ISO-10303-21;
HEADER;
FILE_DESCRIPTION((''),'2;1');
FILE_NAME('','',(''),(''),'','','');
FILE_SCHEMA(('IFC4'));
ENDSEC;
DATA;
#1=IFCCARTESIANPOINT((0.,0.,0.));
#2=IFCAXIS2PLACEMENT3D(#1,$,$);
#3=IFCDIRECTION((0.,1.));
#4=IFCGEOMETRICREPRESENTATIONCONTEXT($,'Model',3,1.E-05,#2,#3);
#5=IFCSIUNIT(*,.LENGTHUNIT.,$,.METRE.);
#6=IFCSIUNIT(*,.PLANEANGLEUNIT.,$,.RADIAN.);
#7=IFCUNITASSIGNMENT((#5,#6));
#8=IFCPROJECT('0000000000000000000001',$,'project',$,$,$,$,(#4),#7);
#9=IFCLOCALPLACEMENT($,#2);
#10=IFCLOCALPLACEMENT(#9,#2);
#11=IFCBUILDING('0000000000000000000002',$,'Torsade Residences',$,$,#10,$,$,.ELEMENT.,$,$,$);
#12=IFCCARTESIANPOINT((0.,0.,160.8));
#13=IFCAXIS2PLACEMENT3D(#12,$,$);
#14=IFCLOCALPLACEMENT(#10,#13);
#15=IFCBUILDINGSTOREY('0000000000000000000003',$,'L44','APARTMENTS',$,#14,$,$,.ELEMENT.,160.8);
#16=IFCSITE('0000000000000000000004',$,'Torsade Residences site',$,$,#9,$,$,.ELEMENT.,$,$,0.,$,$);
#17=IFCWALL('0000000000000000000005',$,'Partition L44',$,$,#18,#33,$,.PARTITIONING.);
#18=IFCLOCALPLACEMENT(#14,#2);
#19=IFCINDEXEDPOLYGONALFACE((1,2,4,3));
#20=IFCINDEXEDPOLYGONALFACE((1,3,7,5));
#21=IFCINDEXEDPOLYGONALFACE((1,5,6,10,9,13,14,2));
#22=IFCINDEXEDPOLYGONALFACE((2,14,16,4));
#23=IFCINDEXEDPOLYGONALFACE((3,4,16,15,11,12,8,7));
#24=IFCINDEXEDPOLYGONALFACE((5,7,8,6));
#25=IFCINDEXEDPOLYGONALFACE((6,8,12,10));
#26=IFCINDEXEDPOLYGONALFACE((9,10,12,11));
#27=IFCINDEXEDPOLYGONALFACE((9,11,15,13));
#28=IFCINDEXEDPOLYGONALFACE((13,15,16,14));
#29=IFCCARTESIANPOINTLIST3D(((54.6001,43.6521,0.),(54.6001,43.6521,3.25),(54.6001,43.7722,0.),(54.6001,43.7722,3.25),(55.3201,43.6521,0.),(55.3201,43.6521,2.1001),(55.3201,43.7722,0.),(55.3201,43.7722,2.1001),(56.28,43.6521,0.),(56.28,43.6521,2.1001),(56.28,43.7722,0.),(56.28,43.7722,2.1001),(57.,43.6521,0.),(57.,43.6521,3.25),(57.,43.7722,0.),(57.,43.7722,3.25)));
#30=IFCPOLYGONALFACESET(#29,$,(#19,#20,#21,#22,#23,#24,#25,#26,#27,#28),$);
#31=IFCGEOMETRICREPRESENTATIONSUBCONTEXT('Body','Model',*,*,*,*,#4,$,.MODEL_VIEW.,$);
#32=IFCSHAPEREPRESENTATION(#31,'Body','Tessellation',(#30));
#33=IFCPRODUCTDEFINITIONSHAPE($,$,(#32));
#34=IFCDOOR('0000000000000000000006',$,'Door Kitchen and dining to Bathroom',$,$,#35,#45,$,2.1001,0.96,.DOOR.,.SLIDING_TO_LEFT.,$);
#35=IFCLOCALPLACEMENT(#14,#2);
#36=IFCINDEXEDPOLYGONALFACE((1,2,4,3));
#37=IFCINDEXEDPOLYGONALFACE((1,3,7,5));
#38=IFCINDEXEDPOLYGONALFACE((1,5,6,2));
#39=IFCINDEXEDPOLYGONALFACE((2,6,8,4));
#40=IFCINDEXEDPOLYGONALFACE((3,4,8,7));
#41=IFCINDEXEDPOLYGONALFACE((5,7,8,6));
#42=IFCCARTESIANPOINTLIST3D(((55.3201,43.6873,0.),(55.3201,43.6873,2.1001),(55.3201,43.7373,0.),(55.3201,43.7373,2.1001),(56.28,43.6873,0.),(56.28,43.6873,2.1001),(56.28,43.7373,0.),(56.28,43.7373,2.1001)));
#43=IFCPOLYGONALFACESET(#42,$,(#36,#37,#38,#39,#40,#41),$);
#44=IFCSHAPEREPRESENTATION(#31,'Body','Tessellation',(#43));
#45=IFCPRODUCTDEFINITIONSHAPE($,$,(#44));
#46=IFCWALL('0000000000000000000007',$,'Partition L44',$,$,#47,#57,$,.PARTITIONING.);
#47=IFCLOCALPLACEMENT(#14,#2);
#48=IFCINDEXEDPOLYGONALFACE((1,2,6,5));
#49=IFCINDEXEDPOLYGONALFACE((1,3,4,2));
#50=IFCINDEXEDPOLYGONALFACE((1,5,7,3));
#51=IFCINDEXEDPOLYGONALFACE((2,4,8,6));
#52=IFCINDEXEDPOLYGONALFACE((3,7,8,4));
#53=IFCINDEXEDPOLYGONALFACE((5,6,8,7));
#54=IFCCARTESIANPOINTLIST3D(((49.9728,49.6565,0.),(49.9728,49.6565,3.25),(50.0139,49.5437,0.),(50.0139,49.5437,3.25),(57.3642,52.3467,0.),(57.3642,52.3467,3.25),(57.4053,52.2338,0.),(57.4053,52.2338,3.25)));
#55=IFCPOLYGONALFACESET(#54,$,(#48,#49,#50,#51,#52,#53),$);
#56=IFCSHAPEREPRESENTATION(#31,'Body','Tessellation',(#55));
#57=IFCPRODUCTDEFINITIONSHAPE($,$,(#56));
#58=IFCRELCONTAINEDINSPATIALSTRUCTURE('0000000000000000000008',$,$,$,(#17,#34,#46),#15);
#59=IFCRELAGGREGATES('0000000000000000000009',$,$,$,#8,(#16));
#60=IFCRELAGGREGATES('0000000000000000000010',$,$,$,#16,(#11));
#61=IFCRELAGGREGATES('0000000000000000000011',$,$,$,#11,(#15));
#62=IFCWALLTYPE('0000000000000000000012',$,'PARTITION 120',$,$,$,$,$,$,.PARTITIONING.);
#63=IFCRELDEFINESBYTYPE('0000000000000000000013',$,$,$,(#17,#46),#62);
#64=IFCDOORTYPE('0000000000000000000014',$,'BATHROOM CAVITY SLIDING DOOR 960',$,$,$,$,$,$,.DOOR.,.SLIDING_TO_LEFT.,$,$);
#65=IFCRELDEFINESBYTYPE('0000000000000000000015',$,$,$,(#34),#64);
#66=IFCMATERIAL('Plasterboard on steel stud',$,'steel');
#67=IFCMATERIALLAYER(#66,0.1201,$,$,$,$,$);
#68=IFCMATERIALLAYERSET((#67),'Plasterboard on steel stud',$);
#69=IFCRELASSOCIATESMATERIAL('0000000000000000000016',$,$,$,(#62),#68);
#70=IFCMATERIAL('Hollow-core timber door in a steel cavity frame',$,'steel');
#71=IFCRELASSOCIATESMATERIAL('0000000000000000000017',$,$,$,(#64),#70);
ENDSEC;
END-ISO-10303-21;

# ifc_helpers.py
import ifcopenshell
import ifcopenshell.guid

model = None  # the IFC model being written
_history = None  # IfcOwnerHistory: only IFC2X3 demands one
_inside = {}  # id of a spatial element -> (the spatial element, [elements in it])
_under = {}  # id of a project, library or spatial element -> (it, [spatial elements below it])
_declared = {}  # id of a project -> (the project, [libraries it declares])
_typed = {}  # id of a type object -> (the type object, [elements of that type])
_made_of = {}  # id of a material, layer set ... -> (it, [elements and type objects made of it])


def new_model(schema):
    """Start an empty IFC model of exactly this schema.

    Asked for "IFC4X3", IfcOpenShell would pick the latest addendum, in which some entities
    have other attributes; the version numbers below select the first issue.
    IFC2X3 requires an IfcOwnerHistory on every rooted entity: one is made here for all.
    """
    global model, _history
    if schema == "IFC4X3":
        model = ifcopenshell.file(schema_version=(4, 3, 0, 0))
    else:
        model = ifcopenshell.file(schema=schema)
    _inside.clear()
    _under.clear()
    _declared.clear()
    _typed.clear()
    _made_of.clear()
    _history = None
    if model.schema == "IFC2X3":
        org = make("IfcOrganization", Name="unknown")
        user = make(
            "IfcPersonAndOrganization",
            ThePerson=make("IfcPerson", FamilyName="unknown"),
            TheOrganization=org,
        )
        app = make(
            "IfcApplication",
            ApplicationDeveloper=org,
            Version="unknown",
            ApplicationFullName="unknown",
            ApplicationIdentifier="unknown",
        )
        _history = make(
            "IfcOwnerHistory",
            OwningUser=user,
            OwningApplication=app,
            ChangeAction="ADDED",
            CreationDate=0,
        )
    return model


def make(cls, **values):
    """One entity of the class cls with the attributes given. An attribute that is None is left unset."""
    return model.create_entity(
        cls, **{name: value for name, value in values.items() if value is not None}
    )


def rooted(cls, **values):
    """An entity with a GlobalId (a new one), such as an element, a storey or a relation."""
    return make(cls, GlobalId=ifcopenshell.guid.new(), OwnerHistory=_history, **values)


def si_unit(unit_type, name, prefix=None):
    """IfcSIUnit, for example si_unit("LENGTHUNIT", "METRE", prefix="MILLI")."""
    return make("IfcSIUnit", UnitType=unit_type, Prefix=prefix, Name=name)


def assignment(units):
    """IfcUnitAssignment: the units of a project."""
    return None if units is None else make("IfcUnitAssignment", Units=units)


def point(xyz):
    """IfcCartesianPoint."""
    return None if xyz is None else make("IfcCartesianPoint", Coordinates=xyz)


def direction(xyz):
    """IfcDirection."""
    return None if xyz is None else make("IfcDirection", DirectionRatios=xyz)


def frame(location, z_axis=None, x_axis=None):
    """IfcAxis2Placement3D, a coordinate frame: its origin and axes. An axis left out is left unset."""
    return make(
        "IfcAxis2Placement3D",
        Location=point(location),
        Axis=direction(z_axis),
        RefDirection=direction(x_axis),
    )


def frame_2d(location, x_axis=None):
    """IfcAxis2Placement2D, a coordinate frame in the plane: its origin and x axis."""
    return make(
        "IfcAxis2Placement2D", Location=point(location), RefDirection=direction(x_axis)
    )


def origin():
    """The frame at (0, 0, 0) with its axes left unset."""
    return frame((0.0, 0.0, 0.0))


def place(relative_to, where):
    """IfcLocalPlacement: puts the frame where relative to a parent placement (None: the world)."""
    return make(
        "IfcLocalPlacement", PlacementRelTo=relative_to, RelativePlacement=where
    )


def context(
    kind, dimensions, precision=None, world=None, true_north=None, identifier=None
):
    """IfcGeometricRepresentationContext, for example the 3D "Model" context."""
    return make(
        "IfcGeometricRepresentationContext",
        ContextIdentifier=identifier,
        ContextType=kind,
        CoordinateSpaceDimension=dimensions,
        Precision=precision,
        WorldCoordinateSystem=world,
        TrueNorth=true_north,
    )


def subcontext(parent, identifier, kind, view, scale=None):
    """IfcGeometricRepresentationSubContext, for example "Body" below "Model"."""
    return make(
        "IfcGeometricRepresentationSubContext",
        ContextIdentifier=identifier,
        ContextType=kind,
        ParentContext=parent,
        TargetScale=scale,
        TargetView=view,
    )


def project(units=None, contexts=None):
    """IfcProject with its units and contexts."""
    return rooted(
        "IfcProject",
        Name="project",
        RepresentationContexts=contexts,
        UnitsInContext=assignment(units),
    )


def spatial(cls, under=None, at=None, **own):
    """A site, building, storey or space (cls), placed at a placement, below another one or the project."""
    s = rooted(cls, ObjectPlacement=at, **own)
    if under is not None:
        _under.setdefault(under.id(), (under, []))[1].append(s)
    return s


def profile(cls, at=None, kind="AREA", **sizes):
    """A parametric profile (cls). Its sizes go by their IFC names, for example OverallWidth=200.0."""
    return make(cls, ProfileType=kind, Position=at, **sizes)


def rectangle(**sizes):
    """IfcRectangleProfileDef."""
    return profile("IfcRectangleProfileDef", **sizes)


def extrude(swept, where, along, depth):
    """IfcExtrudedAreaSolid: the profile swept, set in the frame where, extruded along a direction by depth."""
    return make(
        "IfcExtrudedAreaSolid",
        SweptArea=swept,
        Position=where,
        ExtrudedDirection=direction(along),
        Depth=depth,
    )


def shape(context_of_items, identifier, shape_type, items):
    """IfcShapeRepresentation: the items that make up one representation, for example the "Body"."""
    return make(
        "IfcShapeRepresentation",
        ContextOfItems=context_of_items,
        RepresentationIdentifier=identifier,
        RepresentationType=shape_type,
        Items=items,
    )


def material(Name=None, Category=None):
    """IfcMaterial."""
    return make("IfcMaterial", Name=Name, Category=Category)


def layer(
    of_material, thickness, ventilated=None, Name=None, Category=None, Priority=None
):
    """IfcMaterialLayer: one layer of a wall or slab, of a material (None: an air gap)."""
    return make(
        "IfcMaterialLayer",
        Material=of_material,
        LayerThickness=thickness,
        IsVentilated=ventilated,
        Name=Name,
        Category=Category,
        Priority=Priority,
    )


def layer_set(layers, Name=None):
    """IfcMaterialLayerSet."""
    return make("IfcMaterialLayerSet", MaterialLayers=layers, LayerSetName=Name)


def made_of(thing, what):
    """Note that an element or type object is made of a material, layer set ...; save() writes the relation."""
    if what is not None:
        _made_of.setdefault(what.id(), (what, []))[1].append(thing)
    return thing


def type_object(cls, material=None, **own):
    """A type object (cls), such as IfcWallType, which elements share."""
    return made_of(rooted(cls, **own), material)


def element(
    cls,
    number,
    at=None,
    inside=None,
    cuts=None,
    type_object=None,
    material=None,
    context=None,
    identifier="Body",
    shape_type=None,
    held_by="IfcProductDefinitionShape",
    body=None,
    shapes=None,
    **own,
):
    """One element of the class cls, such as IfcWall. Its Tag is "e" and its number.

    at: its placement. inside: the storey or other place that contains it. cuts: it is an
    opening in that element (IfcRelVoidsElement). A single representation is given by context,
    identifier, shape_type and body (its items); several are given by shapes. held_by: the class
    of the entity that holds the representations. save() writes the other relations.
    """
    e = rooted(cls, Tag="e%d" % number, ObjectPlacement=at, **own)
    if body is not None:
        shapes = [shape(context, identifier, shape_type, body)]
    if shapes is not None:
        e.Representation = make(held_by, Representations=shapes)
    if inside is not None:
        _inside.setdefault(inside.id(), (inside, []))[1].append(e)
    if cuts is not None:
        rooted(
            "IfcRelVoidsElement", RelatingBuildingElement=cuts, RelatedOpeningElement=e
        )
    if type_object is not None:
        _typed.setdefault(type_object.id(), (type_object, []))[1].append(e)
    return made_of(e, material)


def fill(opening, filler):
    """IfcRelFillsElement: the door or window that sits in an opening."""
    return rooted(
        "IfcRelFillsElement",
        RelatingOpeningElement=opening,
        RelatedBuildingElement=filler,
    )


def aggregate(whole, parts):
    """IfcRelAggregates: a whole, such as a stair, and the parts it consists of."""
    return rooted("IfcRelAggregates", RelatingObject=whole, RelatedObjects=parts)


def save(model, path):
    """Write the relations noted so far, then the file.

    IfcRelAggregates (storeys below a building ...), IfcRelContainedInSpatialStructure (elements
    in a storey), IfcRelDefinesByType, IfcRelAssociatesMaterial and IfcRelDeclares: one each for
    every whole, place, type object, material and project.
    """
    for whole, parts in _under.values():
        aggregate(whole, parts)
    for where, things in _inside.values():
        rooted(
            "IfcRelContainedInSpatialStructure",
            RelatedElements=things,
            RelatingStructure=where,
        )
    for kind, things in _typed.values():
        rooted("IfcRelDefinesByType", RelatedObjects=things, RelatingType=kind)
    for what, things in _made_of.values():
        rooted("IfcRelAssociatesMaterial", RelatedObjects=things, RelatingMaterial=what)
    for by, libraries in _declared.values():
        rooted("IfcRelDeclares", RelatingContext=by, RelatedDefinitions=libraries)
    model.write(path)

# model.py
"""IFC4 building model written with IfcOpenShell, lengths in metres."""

from ifc_helpers import new_model, si_unit, direction, frame, frame_2d, origin, place, context, subcontext, project, spatial, rectangle, extrude, material, layer, layer_set, type_object, element, fill, save


model = new_model("IFC4")

# Units and contexts
model_context = context("Model", 3, precision=1e-05, world=origin(), true_north=direction((0.0, 1.0)))
body_context = subcontext(model_context, "Body", "Model", "MODEL_VIEW")
ifc_project = project(units=[si_unit("LENGTHUNIT", "METRE"), si_unit("PLANEANGLEUNIT", "RADIAN")], contexts=[model_context])

# Site, building, storey
site_placement = place(None, origin())
site = spatial("IfcSite", under=ifc_project, at=site_placement, Name="Torsade Residences site", CompositionType="ELEMENT", RefElevation=0.0)
building_placement = place(site_placement, origin())
building = spatial("IfcBuilding", under=site, at=building_placement, Name="Torsade Residences", CompositionType="ELEMENT")
storey_placement = place(building_placement, frame((0.0, 0.0, 160.8)))
storey = spatial("IfcBuildingStorey", under=building, at=storey_placement, Name="L44", Description="APARTMENTS", CompositionType="ELEMENT", Elevation=160.8)

# Shared definitions
ifc_material_1 = material(Name="Plasterboard on steel stud", Category="steel")
ifc_layer_1 = layer(ifc_material_1, 0.1201)
ifc_layer_set_1 = layer_set([ifc_layer_1], Name="Plasterboard on steel stud")
wall_type_1 = type_object("IfcWallType", Name="PARTITION 120", PredefinedType="PARTITIONING", material=ifc_layer_set_1)
ifc_material_2 = material(Name="Hollow-core timber door in a steel cavity frame", Category="steel")
door_type_1 = type_object("IfcDoorType", Name="BATHROOM CAVITY SLIDING DOOR 960", OperationType="SLIDING_TO_LEFT", PredefinedType="DOOR", material=ifc_material_2)

# Wall, opening, door
wall_1_placement = place(storey_placement, frame((57.0, 43.7122, 0.0), z_axis=(0.0, 0.0, 1.0), x_axis=(-1.0, 0.0, 0.0)))
wall_1 = element("IfcWall", 1, at=wall_1_placement, inside=storey, type_object=wall_type_1, Name="Partition L44", PredefinedType="PARTITIONING", context=body_context, shape_type="SweptSolid", body=[
    extrude(rectangle(XDim=2.3999, YDim=0.1201, at=frame_2d((1.2, 0.0))), origin(), (0.0, 0.0, 1.0), 3.25),
])
opening_1_placement = place(wall_1_placement, frame((0.72, 0.0, 0.0)))
opening_1 = element("IfcOpeningElement", 2, at=opening_1_placement, cuts=wall_1, PredefinedType="OPENING", context=body_context, shape_type="SweptSolid", body=[
    extrude(rectangle(XDim=0.96, YDim=2.1001, at=frame_2d((0.48, 1.05))), frame((0.0, 0.0701, 0.0), z_axis=(0.0, -1.0, 0.0), x_axis=(1.0, 0.0, 0.0)), (0.0, 0.0, 1.0), 0.1401),
])
door_1_placement = place(opening_1_placement, origin())
door_1 = element("IfcDoor", 3, at=door_1_placement, inside=storey, type_object=door_type_1, Name="Door Kitchen and dining to Bathroom", OperationType="SLIDING_TO_LEFT", OverallHeight=2.1001, OverallWidth=0.96, PredefinedType="DOOR", context=body_context, shape_type="SweptSolid", body=[
    extrude(rectangle(XDim=0.96, YDim=2.1001, at=frame_2d((0.48, 1.05))), frame((0.0, 0.0249, 0.0), z_axis=(0.0, -1.0, 0.0), x_axis=(1.0, 0.0, 0.0)), (0.0, 0.0, 1.0), 0.05),
])
fill(opening_1, door_1)

# Wall
wall_2_placement = place(storey_placement, frame((57.3848, 52.2903, 0.0), z_axis=(0.0, 0.0, 1.0), x_axis=(-0.939695, -0.342015, 0.0)))
element("IfcWall", 4, at=wall_2_placement, inside=storey, type_object=wall_type_1, Name="Partition L44", PredefinedType="PARTITIONING", context=body_context, shape_type="SweptSolid", body=[
    extrude(rectangle(XDim=7.8657, YDim=0.1201, at=frame_2d((3.9329, 0.0))), origin(), (0.0, 0.0, 1.0), 3.25),
])

save(model, "model.ifc")
